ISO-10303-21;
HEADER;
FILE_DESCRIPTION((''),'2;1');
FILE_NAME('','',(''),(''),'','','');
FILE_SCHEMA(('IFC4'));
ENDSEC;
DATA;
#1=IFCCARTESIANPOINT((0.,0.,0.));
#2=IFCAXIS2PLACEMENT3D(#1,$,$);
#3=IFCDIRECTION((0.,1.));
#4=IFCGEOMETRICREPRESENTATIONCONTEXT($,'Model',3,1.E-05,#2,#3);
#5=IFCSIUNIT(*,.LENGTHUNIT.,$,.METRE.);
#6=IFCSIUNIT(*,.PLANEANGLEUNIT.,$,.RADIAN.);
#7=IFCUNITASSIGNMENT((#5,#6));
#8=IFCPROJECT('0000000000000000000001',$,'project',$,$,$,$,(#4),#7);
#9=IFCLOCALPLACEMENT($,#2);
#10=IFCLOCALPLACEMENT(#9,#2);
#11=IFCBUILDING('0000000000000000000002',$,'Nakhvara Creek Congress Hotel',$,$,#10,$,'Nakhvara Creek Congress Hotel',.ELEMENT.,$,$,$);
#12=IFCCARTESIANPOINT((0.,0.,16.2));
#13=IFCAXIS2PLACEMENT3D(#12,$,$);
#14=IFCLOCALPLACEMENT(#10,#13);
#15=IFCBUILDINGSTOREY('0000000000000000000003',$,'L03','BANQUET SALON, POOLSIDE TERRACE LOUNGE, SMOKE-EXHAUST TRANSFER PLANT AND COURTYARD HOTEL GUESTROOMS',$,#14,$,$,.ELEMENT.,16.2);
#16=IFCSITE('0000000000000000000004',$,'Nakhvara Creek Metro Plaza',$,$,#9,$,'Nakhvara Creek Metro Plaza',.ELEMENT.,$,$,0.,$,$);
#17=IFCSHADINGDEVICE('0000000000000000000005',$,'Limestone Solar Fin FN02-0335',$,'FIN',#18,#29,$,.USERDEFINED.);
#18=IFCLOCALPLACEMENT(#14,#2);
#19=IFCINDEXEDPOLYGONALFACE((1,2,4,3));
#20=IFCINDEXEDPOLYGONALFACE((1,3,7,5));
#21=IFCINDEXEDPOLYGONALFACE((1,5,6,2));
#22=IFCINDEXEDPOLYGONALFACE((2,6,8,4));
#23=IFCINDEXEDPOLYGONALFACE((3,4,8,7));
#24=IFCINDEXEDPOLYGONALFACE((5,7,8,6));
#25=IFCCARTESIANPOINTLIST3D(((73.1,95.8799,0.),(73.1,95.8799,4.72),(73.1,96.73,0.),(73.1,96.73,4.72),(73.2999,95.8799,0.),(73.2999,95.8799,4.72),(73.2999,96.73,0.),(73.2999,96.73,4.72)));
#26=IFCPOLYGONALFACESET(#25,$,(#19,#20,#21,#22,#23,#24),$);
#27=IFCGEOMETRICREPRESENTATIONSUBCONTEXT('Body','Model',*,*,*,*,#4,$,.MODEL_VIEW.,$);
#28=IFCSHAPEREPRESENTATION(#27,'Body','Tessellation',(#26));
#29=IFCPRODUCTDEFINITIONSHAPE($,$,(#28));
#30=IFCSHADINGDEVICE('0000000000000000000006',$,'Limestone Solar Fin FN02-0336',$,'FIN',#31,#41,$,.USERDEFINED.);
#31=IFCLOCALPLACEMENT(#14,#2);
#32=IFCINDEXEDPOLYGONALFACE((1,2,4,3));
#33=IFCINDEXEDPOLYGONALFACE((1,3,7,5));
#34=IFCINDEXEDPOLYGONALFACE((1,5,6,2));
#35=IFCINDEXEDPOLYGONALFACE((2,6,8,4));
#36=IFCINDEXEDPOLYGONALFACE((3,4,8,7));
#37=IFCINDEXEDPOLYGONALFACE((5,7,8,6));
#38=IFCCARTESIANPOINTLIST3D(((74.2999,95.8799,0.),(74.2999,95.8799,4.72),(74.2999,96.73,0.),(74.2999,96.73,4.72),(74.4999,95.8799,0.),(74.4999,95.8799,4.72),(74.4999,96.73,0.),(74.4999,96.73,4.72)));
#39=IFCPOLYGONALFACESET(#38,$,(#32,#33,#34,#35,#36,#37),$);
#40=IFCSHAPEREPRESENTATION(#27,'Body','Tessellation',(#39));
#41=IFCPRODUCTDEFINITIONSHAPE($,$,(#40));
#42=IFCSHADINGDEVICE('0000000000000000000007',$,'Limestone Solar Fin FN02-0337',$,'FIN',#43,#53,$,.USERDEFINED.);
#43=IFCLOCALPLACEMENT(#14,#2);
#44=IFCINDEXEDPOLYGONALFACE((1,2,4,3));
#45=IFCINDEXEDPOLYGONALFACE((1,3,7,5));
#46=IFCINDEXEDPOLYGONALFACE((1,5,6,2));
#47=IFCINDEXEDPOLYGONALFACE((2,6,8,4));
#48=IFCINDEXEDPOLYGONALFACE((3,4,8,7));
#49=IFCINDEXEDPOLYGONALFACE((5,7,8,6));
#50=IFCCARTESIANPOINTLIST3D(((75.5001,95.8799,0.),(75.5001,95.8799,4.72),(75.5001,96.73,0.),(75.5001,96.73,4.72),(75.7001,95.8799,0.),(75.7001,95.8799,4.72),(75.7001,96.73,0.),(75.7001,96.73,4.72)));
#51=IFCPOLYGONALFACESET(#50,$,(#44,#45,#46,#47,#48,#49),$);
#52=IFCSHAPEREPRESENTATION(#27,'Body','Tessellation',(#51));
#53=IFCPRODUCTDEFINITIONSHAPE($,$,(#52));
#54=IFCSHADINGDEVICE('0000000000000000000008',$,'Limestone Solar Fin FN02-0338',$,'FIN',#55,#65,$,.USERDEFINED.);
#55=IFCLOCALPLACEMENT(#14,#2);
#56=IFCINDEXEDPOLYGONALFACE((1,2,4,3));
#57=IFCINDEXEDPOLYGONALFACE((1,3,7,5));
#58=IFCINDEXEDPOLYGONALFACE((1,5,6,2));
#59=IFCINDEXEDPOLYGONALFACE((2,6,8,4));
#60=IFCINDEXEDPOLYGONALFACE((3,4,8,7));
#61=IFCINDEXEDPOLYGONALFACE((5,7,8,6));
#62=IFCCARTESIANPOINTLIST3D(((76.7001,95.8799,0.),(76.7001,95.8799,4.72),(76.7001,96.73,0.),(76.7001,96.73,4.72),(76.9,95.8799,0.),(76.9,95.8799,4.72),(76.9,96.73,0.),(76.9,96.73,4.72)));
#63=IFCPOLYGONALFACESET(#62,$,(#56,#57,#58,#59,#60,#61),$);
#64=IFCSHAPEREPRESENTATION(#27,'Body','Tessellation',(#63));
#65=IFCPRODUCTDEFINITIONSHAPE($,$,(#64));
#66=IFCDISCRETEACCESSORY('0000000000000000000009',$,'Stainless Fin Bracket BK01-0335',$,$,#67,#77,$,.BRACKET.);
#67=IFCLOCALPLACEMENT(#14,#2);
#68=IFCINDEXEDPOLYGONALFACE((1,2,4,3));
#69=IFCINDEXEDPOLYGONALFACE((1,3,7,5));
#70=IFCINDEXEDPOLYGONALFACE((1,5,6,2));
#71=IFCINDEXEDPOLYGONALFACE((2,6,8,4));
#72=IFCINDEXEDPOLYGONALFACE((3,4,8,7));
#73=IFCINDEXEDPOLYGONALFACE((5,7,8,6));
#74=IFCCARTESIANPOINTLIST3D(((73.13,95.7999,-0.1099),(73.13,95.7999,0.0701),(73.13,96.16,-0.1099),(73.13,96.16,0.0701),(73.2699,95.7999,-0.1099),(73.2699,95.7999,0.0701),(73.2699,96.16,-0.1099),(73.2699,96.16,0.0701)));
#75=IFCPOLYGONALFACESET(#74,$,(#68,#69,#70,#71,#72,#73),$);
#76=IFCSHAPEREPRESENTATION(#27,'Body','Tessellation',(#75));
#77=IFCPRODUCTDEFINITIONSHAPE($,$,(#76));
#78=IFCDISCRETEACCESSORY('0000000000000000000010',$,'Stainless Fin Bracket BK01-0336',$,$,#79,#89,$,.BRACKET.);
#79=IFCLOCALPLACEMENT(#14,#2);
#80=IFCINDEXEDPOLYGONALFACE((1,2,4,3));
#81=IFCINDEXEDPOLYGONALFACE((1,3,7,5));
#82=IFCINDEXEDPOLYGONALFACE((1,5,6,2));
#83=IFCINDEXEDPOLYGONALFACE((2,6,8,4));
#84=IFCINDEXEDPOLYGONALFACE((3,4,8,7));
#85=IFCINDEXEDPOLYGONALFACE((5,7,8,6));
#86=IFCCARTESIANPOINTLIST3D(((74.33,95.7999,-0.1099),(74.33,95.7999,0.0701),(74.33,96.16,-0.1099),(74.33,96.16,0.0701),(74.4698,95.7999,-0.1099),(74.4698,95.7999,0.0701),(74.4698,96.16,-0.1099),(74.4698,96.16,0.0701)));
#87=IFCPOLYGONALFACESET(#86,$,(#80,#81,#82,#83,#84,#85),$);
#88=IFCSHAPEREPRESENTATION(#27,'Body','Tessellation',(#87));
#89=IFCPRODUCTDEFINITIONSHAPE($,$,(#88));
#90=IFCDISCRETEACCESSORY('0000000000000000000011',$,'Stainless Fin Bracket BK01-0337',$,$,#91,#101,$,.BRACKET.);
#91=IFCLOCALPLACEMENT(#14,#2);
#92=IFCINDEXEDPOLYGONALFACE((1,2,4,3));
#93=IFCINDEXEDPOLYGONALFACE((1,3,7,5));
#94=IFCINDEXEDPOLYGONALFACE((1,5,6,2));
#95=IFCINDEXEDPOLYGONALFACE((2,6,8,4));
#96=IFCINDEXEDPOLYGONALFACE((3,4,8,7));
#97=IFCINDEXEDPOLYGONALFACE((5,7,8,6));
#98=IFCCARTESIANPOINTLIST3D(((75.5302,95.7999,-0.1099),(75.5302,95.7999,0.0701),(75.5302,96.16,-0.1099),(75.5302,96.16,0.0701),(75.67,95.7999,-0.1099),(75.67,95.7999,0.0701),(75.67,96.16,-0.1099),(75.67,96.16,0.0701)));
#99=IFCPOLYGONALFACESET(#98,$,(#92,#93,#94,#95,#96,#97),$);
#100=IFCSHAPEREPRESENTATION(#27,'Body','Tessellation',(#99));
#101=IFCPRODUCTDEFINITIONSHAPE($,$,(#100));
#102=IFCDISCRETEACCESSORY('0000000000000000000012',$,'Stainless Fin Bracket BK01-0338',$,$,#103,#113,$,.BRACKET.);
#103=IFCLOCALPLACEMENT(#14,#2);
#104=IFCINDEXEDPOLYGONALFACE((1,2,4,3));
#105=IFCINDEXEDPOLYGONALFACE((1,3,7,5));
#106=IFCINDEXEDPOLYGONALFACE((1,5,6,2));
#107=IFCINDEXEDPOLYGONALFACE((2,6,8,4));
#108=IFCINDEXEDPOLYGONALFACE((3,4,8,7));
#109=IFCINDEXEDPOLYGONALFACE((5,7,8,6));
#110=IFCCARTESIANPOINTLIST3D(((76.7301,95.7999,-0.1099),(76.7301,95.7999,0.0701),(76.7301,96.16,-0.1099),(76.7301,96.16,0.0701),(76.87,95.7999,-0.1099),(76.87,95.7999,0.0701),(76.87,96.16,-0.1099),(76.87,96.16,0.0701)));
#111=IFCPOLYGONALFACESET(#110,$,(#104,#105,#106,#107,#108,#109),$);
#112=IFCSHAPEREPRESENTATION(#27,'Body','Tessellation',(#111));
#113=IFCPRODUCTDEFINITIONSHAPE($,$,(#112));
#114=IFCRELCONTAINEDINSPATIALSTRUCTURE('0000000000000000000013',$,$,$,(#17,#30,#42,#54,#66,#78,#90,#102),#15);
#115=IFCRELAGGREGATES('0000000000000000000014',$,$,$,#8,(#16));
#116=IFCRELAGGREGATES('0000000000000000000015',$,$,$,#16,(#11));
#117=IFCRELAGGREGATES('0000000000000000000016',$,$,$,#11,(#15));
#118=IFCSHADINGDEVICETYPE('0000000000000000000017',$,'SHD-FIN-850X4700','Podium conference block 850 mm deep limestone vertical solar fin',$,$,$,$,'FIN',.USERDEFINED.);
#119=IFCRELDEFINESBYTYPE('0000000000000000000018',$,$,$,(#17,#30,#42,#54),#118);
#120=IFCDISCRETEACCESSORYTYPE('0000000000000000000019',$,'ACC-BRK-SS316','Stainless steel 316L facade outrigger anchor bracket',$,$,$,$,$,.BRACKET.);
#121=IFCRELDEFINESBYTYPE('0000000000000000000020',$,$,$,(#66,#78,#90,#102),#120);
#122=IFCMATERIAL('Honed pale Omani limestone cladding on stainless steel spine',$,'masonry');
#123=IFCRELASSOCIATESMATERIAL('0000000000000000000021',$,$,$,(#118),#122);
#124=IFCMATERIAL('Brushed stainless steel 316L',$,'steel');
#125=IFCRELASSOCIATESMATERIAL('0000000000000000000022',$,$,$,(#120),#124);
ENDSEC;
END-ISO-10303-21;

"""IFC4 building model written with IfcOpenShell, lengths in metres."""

from ifc_helpers import new_model, si_unit, direction, frame, origin, origin_2d, place, context, subcontext, project, spatial, rectangle, extrude, material, type_object, element, save


model = new_model("IFC4")

# Units and contexts
model_context = context("Model", 3, precision=1e-05, world=origin(), true_north=direction((0.0, 1.0)))
body_context = subcontext(model_context, "Body", "Model", "MODEL_VIEW")
ifc_project = project(units=[si_unit("LENGTHUNIT", "METRE"), si_unit("PLANEANGLEUNIT", "RADIAN")], contexts=[model_context])

# Site, building, storey
site_placement = place(None, origin())
site = spatial("IfcSite", under=ifc_project, at=site_placement, Name="Nakhvara Creek Metro Plaza", LongName="Nakhvara Creek Metro Plaza", CompositionType="ELEMENT", RefElevation=0.0)
building_placement = place(site_placement, origin())
building = spatial("IfcBuilding", under=site, at=building_placement, Name="Nakhvara Creek Congress Hotel", LongName="Nakhvara Creek Congress Hotel", CompositionType="ELEMENT")
storey_placement = place(building_placement, frame((0.0, 0.0, 16.2)))
storey = spatial("IfcBuildingStorey", under=building, at=storey_placement, Name="L03", Description="BANQUET SALON, POOLSIDE TERRACE LOUNGE, SMOKE-EXHAUST TRANSFER PLANT AND COURTYARD HOTEL GUESTROOMS", CompositionType="ELEMENT", Elevation=16.2)

# Shading devices
ifc_material_1 = material(Name="Honed pale Omani limestone cladding on stainless steel spine", Category="masonry")
shading_device_type = type_object("IfcShadingDeviceType", Name="SHD-FIN-850X4700", Description="Podium conference block 850 mm deep limestone vertical solar fin", ElementType="FIN", PredefinedType="USERDEFINED", material=ifc_material_1)
for number, where, z_axis, x_axis, name in (
    (1, (73.2, 96.3049, 0.0), (0.0, 0.0, 1.0), (1.0, 0.0, 0.0), "Limestone Solar Fin FN02-0335"),
    (2, (74.3999, 96.3049, 0.0), (0.0, 0.0, 1.0), (1.0, 0.0, 0.0), "Limestone Solar Fin FN02-0336"),
    (3, (75.6001, 96.3049, 0.0), (0.0, 0.0, 1.0), (1.0, 0.0, 0.0), "Limestone Solar Fin FN02-0337"),
    (4, (76.8, 96.3049, 0.0), (0.0, 0.0, 1.0), (1.0, 0.0, 0.0), "Limestone Solar Fin FN02-0338"),
):
    element("IfcShadingDevice", number, at=place(storey_placement, frame(where, z_axis=z_axis, x_axis=x_axis)), inside=storey, type_object=shading_device_type, Name=name, ObjectType="FIN", PredefinedType="USERDEFINED", context=body_context, shape_type="SweptSolid", body=[
        extrude(rectangle(XDim=0.2, YDim=0.8501, at=origin_2d()), origin(), (0.0, 0.0, 1.0), 4.72),
    ])

# Discrete accessories
ifc_material_2 = material(Name="Brushed stainless steel 316L", Category="steel")
discrete_accessory_type = type_object("IfcDiscreteAccessoryType", Name="ACC-BRK-SS316", Description="Stainless steel 316L facade outrigger anchor bracket", PredefinedType="BRACKET", material=ifc_material_2)
for number, where, z_axis, x_axis, name in (
    (5, (73.2, 95.98, -0.1099), (0.0, 0.0, 1.0), (1.0, 0.0, 0.0), "Stainless Fin Bracket BK01-0335"),
    (6, (74.3999, 95.98, -0.1099), (0.0, 0.0, 1.0), (1.0, 0.0, 0.0), "Stainless Fin Bracket BK01-0336"),
    (7, (75.6001, 95.98, -0.1099), (0.0, 0.0, 1.0), (1.0, 0.0, 0.0), "Stainless Fin Bracket BK01-0337"),
    (8, (76.8, 95.98, -0.1099), (0.0, 0.0, 1.0), (1.0, 0.0, 0.0), "Stainless Fin Bracket BK01-0338"),
):
    element("IfcDiscreteAccessory", number, at=place(storey_placement, frame(where, z_axis=z_axis, x_axis=x_axis)), inside=storey, type_object=discrete_accessory_type, Name=name, PredefinedType="BRACKET", context=body_context, shape_type="SweptSolid", body=[
        extrude(rectangle(XDim=0.1399, YDim=0.3601, at=origin_2d()), origin(), (0.0, 0.0, 1.0), 0.1799),
    ])

save(model, "model.ifc")
